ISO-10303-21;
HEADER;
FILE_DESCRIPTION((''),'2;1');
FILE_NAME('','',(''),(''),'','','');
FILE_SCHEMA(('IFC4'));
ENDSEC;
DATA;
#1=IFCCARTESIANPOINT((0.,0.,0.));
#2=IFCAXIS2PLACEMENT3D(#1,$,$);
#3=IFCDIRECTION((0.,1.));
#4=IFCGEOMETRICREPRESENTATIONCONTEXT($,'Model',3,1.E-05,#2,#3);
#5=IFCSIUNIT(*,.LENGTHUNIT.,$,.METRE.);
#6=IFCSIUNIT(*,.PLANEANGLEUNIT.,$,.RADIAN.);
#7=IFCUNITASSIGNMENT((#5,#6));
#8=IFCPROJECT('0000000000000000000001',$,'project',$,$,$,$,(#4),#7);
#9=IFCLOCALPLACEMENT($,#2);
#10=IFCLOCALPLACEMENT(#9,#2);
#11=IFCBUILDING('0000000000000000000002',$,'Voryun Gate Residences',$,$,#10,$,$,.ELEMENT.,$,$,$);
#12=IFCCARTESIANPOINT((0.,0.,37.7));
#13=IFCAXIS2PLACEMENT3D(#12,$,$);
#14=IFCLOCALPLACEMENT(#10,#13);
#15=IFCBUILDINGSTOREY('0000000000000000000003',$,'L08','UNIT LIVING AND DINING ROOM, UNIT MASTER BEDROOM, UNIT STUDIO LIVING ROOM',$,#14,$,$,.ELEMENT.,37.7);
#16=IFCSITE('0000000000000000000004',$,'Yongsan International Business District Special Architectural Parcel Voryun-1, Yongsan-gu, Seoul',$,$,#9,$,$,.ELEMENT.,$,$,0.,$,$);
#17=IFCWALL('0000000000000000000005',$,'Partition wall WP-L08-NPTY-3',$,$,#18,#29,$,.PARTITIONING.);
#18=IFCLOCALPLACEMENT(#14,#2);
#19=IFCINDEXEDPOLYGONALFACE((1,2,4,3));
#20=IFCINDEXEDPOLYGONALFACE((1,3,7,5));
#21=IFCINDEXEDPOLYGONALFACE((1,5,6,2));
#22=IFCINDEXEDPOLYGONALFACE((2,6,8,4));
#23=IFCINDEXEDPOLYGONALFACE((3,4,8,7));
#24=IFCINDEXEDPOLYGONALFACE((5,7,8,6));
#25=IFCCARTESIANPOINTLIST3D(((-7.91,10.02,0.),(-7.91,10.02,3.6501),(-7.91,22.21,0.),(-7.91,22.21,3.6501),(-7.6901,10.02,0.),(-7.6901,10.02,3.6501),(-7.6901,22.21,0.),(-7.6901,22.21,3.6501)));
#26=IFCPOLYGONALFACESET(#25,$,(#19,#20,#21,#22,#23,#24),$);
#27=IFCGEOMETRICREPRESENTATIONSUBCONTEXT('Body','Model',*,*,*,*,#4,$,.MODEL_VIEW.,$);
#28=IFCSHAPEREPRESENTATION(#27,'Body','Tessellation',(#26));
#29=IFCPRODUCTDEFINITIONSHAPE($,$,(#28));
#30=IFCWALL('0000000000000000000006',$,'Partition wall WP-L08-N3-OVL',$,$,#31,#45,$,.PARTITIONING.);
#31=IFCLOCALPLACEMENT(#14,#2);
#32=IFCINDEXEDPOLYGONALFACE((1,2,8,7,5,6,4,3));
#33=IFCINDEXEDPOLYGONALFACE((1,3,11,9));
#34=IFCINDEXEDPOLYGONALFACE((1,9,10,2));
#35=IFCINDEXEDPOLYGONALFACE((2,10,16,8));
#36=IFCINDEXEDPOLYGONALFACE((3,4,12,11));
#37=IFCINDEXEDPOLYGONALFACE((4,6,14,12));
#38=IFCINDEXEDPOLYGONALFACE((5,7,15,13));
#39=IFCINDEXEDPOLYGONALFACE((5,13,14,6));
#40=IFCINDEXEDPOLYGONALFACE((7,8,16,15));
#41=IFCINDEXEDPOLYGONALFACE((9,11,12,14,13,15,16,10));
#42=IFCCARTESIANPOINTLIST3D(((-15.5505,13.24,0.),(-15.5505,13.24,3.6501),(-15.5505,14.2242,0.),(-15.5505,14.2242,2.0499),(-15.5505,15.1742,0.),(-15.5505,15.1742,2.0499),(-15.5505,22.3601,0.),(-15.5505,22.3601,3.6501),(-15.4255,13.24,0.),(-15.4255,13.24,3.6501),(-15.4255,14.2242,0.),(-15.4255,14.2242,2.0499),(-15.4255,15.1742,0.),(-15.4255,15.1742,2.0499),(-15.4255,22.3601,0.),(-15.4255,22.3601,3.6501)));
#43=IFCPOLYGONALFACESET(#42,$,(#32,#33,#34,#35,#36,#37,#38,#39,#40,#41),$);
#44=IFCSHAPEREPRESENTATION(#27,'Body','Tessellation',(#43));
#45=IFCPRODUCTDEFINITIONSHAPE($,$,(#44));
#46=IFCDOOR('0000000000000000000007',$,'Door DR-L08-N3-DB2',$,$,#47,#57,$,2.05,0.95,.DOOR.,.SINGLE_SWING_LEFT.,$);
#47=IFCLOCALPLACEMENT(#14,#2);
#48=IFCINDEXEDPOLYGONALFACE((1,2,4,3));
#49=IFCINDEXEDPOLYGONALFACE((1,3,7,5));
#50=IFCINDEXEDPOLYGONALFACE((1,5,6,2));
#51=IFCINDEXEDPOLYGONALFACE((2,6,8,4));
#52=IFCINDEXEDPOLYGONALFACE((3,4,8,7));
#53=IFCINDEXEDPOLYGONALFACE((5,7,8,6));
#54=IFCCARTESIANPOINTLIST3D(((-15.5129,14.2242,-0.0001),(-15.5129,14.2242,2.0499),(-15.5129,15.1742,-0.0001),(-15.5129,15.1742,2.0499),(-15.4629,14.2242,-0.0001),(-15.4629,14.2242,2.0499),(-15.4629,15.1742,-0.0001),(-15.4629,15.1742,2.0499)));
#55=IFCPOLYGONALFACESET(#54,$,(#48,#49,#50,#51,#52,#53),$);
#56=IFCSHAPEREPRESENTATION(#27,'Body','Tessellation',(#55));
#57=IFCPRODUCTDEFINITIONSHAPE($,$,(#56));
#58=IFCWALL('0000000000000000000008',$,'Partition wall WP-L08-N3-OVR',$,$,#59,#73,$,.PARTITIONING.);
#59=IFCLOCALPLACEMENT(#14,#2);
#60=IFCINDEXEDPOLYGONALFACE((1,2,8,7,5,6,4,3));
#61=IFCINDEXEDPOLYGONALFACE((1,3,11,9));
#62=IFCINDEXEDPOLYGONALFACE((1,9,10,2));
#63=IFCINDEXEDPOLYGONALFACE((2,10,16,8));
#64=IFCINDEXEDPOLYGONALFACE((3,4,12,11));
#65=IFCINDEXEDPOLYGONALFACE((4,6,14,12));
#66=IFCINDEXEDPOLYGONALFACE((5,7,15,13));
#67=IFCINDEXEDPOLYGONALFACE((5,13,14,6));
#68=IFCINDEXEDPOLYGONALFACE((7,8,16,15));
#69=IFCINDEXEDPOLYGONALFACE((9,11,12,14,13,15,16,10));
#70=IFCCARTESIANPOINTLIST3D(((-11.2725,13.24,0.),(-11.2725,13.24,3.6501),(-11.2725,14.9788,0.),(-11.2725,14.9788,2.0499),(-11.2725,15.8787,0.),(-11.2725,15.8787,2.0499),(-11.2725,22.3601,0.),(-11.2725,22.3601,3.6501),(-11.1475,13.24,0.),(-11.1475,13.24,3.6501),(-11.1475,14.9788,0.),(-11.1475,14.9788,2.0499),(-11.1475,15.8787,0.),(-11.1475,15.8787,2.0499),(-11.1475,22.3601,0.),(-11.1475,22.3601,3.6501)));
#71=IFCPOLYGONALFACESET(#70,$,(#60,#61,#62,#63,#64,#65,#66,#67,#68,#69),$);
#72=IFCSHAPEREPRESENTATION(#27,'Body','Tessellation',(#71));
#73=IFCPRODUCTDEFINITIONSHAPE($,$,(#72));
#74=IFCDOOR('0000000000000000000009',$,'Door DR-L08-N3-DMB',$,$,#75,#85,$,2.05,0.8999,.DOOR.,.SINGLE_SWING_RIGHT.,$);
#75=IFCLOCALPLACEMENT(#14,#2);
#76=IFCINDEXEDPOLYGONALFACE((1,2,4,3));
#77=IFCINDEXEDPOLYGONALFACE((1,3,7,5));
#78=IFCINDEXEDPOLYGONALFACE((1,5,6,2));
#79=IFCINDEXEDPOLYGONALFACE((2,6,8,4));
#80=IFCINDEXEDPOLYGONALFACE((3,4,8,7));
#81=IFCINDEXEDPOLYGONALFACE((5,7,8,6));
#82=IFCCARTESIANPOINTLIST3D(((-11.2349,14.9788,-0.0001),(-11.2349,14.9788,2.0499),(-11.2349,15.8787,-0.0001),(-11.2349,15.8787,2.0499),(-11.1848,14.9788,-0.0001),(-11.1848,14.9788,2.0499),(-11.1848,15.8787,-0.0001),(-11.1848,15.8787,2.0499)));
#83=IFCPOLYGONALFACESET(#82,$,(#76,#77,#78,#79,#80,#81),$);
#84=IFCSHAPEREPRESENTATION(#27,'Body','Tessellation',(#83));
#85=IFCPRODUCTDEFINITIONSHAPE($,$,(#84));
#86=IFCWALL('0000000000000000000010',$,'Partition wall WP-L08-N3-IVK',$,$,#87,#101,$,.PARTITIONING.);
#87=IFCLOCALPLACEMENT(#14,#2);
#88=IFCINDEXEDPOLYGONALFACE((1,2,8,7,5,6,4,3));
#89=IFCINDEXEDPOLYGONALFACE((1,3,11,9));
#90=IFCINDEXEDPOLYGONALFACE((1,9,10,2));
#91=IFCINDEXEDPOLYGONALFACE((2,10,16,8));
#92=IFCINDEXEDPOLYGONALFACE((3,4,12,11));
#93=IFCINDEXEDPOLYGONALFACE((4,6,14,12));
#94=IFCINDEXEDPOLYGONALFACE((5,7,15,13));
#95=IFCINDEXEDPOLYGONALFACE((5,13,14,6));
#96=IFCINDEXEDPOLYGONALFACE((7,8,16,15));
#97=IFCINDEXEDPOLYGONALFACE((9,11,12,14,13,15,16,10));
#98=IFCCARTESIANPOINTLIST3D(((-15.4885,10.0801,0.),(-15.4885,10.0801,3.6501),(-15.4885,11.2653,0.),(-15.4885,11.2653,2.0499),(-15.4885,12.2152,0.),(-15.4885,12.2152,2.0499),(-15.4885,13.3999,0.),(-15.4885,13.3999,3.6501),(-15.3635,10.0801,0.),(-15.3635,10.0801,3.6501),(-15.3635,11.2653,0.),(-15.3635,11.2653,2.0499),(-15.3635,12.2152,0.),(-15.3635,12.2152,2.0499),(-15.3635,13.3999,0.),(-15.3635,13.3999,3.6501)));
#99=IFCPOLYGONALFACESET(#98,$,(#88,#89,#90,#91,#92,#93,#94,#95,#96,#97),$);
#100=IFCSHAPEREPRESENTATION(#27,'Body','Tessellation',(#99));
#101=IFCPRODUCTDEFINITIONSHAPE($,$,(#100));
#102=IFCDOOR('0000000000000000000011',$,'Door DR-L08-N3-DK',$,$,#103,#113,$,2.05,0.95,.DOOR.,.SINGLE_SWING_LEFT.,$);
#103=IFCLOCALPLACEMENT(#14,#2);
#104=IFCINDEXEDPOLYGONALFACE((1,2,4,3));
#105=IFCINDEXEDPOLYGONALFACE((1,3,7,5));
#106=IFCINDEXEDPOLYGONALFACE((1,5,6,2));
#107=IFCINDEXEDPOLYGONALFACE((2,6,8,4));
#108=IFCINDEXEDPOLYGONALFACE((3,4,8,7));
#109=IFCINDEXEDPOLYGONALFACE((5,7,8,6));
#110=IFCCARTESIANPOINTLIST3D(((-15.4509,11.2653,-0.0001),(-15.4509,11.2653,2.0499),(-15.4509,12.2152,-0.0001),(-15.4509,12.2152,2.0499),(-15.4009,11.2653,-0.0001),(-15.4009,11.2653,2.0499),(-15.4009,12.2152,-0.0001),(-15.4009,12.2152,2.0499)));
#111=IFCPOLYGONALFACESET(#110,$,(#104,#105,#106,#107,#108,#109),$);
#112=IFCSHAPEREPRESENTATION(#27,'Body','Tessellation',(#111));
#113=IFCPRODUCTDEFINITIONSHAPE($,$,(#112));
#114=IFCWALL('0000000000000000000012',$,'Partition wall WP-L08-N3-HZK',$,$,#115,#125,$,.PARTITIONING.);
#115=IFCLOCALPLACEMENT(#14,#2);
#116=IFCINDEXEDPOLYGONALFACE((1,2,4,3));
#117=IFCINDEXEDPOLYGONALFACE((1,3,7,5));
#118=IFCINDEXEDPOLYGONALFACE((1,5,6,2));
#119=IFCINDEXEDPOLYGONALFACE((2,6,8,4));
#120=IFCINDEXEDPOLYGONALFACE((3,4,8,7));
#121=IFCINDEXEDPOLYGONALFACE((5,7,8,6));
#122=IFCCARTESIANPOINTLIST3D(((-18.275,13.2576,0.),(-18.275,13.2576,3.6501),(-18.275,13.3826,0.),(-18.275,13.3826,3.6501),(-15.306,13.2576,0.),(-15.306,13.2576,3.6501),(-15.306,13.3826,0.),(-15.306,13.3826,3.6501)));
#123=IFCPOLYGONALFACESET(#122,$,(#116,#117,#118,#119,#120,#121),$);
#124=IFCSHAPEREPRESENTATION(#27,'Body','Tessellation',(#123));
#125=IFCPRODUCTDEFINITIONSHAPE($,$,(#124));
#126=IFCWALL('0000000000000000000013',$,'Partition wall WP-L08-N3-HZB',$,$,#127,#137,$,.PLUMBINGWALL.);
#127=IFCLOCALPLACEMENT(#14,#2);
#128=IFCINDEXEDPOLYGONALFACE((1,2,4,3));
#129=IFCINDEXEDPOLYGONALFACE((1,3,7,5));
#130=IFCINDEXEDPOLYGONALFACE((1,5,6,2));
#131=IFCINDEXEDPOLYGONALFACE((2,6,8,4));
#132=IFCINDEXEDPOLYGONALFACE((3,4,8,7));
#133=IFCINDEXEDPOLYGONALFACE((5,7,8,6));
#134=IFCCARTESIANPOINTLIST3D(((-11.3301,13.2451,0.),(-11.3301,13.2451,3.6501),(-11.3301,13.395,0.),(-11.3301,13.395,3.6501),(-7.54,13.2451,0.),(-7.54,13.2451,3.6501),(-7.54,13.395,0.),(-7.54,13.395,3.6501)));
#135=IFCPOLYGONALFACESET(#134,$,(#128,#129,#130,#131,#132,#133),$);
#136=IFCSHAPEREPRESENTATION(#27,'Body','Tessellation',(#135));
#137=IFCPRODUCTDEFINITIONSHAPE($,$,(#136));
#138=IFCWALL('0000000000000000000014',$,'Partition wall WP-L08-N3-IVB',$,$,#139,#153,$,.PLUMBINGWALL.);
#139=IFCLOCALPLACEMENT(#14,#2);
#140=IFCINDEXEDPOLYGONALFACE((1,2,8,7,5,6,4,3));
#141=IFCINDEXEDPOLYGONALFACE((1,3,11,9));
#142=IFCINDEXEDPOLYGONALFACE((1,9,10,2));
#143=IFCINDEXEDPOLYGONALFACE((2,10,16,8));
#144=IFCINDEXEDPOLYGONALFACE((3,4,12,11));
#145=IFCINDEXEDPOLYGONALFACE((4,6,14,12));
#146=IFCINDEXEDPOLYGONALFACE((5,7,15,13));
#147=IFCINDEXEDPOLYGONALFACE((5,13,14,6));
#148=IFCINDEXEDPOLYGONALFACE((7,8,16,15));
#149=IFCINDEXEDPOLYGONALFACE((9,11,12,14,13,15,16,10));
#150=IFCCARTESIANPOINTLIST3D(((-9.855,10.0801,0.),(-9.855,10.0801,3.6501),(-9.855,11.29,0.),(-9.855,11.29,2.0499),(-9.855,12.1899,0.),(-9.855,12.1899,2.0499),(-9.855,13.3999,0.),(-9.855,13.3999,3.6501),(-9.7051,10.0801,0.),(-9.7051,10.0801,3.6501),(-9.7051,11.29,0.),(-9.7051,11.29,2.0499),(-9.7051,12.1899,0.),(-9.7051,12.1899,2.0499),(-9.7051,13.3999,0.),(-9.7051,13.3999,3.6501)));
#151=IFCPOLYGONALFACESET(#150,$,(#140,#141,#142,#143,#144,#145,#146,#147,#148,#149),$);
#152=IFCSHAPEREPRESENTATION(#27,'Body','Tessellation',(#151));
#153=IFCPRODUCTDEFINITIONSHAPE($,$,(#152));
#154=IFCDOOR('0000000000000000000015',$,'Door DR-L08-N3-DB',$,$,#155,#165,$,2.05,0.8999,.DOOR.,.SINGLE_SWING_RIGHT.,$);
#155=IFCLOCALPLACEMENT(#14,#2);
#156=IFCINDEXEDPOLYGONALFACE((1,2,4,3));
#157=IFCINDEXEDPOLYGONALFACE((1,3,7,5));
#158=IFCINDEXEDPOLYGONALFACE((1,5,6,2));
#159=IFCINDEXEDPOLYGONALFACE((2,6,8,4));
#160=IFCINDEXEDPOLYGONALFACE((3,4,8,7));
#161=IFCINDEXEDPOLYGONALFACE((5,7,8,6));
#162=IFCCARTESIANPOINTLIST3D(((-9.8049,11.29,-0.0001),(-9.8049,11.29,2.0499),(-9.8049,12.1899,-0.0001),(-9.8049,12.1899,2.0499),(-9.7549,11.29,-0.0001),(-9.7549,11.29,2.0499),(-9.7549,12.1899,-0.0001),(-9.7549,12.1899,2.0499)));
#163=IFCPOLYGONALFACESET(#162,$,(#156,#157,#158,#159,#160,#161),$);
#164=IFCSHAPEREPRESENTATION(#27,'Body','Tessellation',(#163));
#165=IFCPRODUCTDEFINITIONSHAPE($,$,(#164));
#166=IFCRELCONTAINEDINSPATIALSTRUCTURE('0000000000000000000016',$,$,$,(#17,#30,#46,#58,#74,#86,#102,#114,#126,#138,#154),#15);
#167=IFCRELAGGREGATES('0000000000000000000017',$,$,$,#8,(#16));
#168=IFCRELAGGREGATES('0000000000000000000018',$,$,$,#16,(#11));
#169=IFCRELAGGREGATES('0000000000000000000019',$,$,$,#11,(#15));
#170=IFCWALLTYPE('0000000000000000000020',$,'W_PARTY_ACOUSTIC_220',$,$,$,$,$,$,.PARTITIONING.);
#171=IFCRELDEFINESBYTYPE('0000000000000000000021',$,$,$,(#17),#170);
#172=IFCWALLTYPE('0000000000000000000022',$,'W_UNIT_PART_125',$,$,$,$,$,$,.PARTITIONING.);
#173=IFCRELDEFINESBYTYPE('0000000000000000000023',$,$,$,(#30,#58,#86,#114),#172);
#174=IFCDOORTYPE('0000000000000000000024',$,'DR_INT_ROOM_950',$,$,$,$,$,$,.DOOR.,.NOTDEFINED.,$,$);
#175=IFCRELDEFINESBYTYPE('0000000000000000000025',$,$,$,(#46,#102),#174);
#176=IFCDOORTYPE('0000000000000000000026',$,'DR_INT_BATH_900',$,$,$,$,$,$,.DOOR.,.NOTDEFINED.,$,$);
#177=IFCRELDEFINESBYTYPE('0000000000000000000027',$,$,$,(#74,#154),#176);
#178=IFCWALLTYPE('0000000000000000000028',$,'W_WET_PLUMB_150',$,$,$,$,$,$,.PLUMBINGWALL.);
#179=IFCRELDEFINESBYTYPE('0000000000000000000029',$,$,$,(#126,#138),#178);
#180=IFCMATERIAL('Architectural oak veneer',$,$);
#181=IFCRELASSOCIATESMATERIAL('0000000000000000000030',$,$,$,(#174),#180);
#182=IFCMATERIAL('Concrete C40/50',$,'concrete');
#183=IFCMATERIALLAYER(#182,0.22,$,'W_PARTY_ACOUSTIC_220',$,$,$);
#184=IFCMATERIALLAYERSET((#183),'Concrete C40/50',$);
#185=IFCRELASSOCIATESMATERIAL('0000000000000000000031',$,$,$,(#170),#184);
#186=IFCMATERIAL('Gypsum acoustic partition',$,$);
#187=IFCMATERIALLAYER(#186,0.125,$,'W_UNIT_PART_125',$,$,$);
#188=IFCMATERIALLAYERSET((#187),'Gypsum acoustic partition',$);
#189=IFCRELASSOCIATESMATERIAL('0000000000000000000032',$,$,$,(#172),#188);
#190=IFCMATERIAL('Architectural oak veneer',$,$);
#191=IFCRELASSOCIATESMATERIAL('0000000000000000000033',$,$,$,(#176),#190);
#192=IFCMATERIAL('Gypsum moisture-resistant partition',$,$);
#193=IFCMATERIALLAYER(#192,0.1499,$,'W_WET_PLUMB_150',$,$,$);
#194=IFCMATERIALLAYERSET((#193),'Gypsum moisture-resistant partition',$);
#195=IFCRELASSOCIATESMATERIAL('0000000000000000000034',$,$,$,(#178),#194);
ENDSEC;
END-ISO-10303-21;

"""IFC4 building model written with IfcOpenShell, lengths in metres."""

from ifc_helpers import new_model, si_unit, direction, frame, frame_2d, origin, place, context, subcontext, project, spatial, rectangle, extrude, material, layer, layer_set, type_object, element, fill, save


model = new_model("IFC4")

# Units and contexts
model_context = context("Model", 3, precision=1e-05, world=origin(), true_north=direction((0.0, 1.0)))
body_context = subcontext(model_context, "Body", "Model", "MODEL_VIEW")
ifc_project = project(units=[si_unit("LENGTHUNIT", "METRE"), si_unit("PLANEANGLEUNIT", "RADIAN")], contexts=[model_context])

# Site, building, storey
site_placement = place(None, origin())
site = spatial("IfcSite", under=ifc_project, at=site_placement, Name="Yongsan International Business District Special Architectural Parcel Voryun-1, Yongsan-gu, Seoul", CompositionType="ELEMENT", RefElevation=0.0)
building_placement = place(site_placement, origin())
building = spatial("IfcBuilding", under=site, at=building_placement, Name="Voryun Gate Residences", CompositionType="ELEMENT")
storey_placement = place(building_placement, frame((0.0, 0.0, 37.7)))
storey = spatial("IfcBuildingStorey", under=building, at=storey_placement, Name="L08", Description="UNIT LIVING AND DINING ROOM, UNIT MASTER BEDROOM, UNIT STUDIO LIVING ROOM", CompositionType="ELEMENT", Elevation=37.7)

# Shared definitions
ifc_material_1 = material(Name="Architectural oak veneer")
door_type_1 = type_object("IfcDoorType", Name="DR_INT_ROOM_950", OperationType="NOTDEFINED", PredefinedType="DOOR", material=ifc_material_1)

# Wall
ifc_material_2 = material(Name="Concrete C40/50", Category="concrete")
ifc_layer_1 = layer(ifc_material_2, 0.22, Name="W_PARTY_ACOUSTIC_220")
ifc_layer_set_1 = layer_set([ifc_layer_1], Name="Concrete C40/50")
wall_type_1 = type_object("IfcWallType", Name="W_PARTY_ACOUSTIC_220", PredefinedType="PARTITIONING", material=ifc_layer_set_1)
for number, where, z_axis, x_axis, name in (
    (1, (-7.8, 10.02, 0.0), (0.0, 0.0, 1.0), (0.0, 1.0, 0.0), "Partition wall WP-L08-NPTY-3"),
):
    element("IfcWall", number, at=place(storey_placement, frame(where, z_axis=z_axis, x_axis=x_axis)), inside=storey, type_object=wall_type_1, Name=name, PredefinedType="PARTITIONING", context=body_context, shape_type="SweptSolid", body=[
        extrude(rectangle(XDim=12.1899, YDim=0.22, at=frame_2d((6.095, 0.0))), origin(), (0.0, 0.0, 1.0), 3.6501),
    ])

# Walls, openings, doors
ifc_material_3 = material(Name="Gypsum acoustic partition")
ifc_layer_2 = layer(ifc_material_3, 0.125, Name="W_UNIT_PART_125")
ifc_layer_set_2 = layer_set([ifc_layer_2], Name="Gypsum acoustic partition")
wall_type_2 = type_object("IfcWallType", Name="W_UNIT_PART_125", PredefinedType="PARTITIONING", material=ifc_layer_set_2)
wall_1_placement = place(storey_placement, frame((-15.488, 13.24, 0.0), z_axis=(0.0, 0.0, 1.0), x_axis=(0.0, 1.0, 0.0)))
wall_1 = element("IfcWall", 2, at=wall_1_placement, inside=storey, type_object=wall_type_2, Name="Partition wall WP-L08-N3-OVL", PredefinedType="PARTITIONING", context=body_context, shape_type="SweptSolid", body=[
    extrude(rectangle(XDim=9.1201, YDim=0.125, at=frame_2d((4.5601, 0.0))), origin(), (0.0, 0.0, 1.0), 3.6501),
])
opening_1_placement = place(wall_1_placement, frame((0.9841, 0.0, 0.0)))
opening_1 = element("IfcOpeningElement", 3, at=opening_1_placement, cuts=wall_1, PredefinedType="OPENING", context=body_context, shape_type="SweptSolid", body=[
    extrude(rectangle(XDim=0.95, YDim=2.05, at=frame_2d((0.4751, 1.0249))), frame((0.0, 0.0725, 0.0), z_axis=(0.0, -1.0, 0.0), x_axis=(1.0, 0.0, 0.0)), (0.0, 0.0, 1.0), 0.145),
])
door_1_placement = place(opening_1_placement, origin())
door_1 = element("IfcDoor", 4, at=door_1_placement, inside=storey, type_object=door_type_1, Name="Door DR-L08-N3-DB2", OperationType="SINGLE_SWING_LEFT", OverallHeight=2.05, OverallWidth=0.95, PredefinedType="DOOR", context=body_context, shape_type="SweptSolid", body=[
    extrude(rectangle(XDim=0.95, YDim=2.05, at=frame_2d((0.4751, 1.0249))), frame((0.0, 0.0249, 0.0), z_axis=(0.0, -1.0, 0.0), x_axis=(1.0, 0.0, 0.0)), (0.0, 0.0, 1.0), 0.05),
])
fill(opening_1, door_1)
wall_2_placement = place(storey_placement, frame((-11.21, 13.24, 0.0), z_axis=(0.0, 0.0, 1.0), x_axis=(0.0, 1.0, 0.0)))
wall_2 = element("IfcWall", 5, at=wall_2_placement, inside=storey, type_object=wall_type_2, Name="Partition wall WP-L08-N3-OVR", PredefinedType="PARTITIONING", context=body_context, shape_type="SweptSolid", body=[
    extrude(rectangle(XDim=9.1201, YDim=0.125, at=frame_2d((4.5601, 0.0))), origin(), (0.0, 0.0, 1.0), 3.6501),
])
opening_2_placement = place(wall_2_placement, frame((1.7388, 0.0, 0.0)))
opening_2 = element("IfcOpeningElement", 6, at=opening_2_placement, cuts=wall_2, PredefinedType="OPENING", context=body_context, shape_type="SweptSolid", body=[
    extrude(rectangle(XDim=0.8999, YDim=2.05, at=frame_2d((0.45, 1.0249))), frame((0.0, 0.0725, 0.0), z_axis=(0.0, -1.0, 0.0), x_axis=(1.0, 0.0, 0.0)), (0.0, 0.0, 1.0), 0.145),
])
ifc_material_4 = material(Name="Architectural oak veneer")
door_type_2 = type_object("IfcDoorType", Name="DR_INT_BATH_900", OperationType="NOTDEFINED", PredefinedType="DOOR", material=ifc_material_4)
door_2_placement = place(opening_2_placement, origin())
door_2 = element("IfcDoor", 7, at=door_2_placement, inside=storey, type_object=door_type_2, Name="Door DR-L08-N3-DMB", OperationType="SINGLE_SWING_RIGHT", OverallHeight=2.05, OverallWidth=0.8999, PredefinedType="DOOR", context=body_context, shape_type="SweptSolid", body=[
    extrude(rectangle(XDim=0.8999, YDim=2.05, at=frame_2d((0.45, 1.0249))), frame((0.0, 0.0249, 0.0), z_axis=(0.0, -1.0, 0.0), x_axis=(1.0, 0.0, 0.0)), (0.0, 0.0, 1.0), 0.05),
])
fill(opening_2, door_2)
wall_3_placement = place(storey_placement, frame((-15.426, 10.0801, 0.0), z_axis=(0.0, 0.0, 1.0), x_axis=(0.0, 1.0, 0.0)))
wall_3 = element("IfcWall", 8, at=wall_3_placement, inside=storey, type_object=wall_type_2, Name="Partition wall WP-L08-N3-IVK", PredefinedType="PARTITIONING", context=body_context, shape_type="SweptSolid", body=[
    extrude(rectangle(XDim=3.3198, YDim=0.125, at=frame_2d((1.6599, 0.0))), origin(), (0.0, 0.0, 1.0), 3.6501),
])
opening_3_placement = place(wall_3_placement, frame((1.1851, 0.0, 0.0)))
opening_3 = element("IfcOpeningElement", 9, at=opening_3_placement, cuts=wall_3, PredefinedType="OPENING", context=body_context, shape_type="SweptSolid", body=[
    extrude(rectangle(XDim=0.95, YDim=2.05, at=frame_2d((0.4751, 1.0249))), frame((0.0, 0.0725, 0.0), z_axis=(0.0, -1.0, 0.0), x_axis=(1.0, 0.0, 0.0)), (0.0, 0.0, 1.0), 0.145),
])
door_3_placement = place(opening_3_placement, origin())
door_3 = element("IfcDoor", 10, at=door_3_placement, inside=storey, type_object=door_type_1, Name="Door DR-L08-N3-DK", OperationType="SINGLE_SWING_LEFT", OverallHeight=2.05, OverallWidth=0.95, PredefinedType="DOOR", context=body_context, shape_type="SweptSolid", body=[
    extrude(rectangle(XDim=0.95, YDim=2.05, at=frame_2d((0.4751, 1.0249))), frame((0.0, 0.0249, 0.0), z_axis=(0.0, -1.0, 0.0), x_axis=(1.0, 0.0, 0.0)), (0.0, 0.0, 1.0), 0.05),
])
fill(opening_3, door_3)

# Walls
wall_4_placement = place(storey_placement, frame((-18.2749, 13.3201, 0.0), z_axis=(0.0, 0.0, 1.0), x_axis=(1.0, 0.0, 0.0)))
element("IfcWall", 11, at=wall_4_placement, inside=storey, type_object=wall_type_2, Name="Partition wall WP-L08-N3-HZK", PredefinedType="PARTITIONING", context=body_context, shape_type="SweptSolid", body=[
    extrude(rectangle(XDim=2.969, YDim=0.125, at=frame_2d((1.4844, 0.0))), origin(), (0.0, 0.0, 1.0), 3.6501),
])
ifc_material_5 = material(Name="Gypsum moisture-resistant partition")
ifc_layer_3 = layer(ifc_material_5, 0.1499, Name="W_WET_PLUMB_150")
ifc_layer_set_3 = layer_set([ifc_layer_3], Name="Gypsum moisture-resistant partition")
wall_type_3 = type_object("IfcWallType", Name="W_WET_PLUMB_150", PredefinedType="PLUMBINGWALL", material=ifc_layer_set_3)
wall_5_placement = place(storey_placement, frame((-11.3301, 13.3201, 0.0), z_axis=(0.0, 0.0, 1.0), x_axis=(1.0, 0.0, 0.0)))
element("IfcWall", 12, at=wall_5_placement, inside=storey, type_object=wall_type_3, Name="Partition wall WP-L08-N3-HZB", PredefinedType="PLUMBINGWALL", context=body_context, shape_type="SweptSolid", body=[
    extrude(rectangle(XDim=3.79, YDim=0.1499, at=frame_2d((1.895, 0.0))), origin(), (0.0, 0.0, 1.0), 3.6501),
])

# Wall, opening, door
wall_6_placement = place(storey_placement, frame((-9.78, 10.0801, 0.0), z_axis=(0.0, 0.0, 1.0), x_axis=(0.0, 1.0, 0.0)))
wall_6 = element("IfcWall", 13, at=wall_6_placement, inside=storey, type_object=wall_type_3, Name="Partition wall WP-L08-N3-IVB", PredefinedType="PLUMBINGWALL", context=body_context, shape_type="SweptSolid", body=[
    extrude(rectangle(XDim=3.3198, YDim=0.1499, at=frame_2d((1.6599, 0.0))), origin(), (0.0, 0.0, 1.0), 3.6501),
])
opening_4_placement = place(wall_6_placement, frame((1.21, 0.0, 0.0)))
opening_4 = element("IfcOpeningElement", 14, at=opening_4_placement, cuts=wall_6, PredefinedType="OPENING", context=body_context, shape_type="SweptSolid", body=[
    extrude(rectangle(XDim=0.8999, YDim=2.05, at=frame_2d((0.45, 1.0249))), frame((0.0, 0.085, 0.0), z_axis=(0.0, -1.0, 0.0), x_axis=(1.0, 0.0, 0.0)), (0.0, 0.0, 1.0), 0.1699),
])
door_4_placement = place(opening_4_placement, origin())
door_4 = element("IfcDoor", 15, at=door_4_placement, inside=storey, type_object=door_type_2, Name="Door DR-L08-N3-DB", OperationType="SINGLE_SWING_RIGHT", OverallHeight=2.05, OverallWidth=0.8999, PredefinedType="DOOR", context=body_context, shape_type="SweptSolid", body=[
    extrude(rectangle(XDim=0.8999, YDim=2.05, at=frame_2d((0.45, 1.0249))), frame((0.0, 0.0249, 0.0), z_axis=(0.0, -1.0, 0.0), x_axis=(1.0, 0.0, 0.0)), (0.0, 0.0, 1.0), 0.05),
])
fill(opening_4, door_4)

save(model, "model.ifc")
